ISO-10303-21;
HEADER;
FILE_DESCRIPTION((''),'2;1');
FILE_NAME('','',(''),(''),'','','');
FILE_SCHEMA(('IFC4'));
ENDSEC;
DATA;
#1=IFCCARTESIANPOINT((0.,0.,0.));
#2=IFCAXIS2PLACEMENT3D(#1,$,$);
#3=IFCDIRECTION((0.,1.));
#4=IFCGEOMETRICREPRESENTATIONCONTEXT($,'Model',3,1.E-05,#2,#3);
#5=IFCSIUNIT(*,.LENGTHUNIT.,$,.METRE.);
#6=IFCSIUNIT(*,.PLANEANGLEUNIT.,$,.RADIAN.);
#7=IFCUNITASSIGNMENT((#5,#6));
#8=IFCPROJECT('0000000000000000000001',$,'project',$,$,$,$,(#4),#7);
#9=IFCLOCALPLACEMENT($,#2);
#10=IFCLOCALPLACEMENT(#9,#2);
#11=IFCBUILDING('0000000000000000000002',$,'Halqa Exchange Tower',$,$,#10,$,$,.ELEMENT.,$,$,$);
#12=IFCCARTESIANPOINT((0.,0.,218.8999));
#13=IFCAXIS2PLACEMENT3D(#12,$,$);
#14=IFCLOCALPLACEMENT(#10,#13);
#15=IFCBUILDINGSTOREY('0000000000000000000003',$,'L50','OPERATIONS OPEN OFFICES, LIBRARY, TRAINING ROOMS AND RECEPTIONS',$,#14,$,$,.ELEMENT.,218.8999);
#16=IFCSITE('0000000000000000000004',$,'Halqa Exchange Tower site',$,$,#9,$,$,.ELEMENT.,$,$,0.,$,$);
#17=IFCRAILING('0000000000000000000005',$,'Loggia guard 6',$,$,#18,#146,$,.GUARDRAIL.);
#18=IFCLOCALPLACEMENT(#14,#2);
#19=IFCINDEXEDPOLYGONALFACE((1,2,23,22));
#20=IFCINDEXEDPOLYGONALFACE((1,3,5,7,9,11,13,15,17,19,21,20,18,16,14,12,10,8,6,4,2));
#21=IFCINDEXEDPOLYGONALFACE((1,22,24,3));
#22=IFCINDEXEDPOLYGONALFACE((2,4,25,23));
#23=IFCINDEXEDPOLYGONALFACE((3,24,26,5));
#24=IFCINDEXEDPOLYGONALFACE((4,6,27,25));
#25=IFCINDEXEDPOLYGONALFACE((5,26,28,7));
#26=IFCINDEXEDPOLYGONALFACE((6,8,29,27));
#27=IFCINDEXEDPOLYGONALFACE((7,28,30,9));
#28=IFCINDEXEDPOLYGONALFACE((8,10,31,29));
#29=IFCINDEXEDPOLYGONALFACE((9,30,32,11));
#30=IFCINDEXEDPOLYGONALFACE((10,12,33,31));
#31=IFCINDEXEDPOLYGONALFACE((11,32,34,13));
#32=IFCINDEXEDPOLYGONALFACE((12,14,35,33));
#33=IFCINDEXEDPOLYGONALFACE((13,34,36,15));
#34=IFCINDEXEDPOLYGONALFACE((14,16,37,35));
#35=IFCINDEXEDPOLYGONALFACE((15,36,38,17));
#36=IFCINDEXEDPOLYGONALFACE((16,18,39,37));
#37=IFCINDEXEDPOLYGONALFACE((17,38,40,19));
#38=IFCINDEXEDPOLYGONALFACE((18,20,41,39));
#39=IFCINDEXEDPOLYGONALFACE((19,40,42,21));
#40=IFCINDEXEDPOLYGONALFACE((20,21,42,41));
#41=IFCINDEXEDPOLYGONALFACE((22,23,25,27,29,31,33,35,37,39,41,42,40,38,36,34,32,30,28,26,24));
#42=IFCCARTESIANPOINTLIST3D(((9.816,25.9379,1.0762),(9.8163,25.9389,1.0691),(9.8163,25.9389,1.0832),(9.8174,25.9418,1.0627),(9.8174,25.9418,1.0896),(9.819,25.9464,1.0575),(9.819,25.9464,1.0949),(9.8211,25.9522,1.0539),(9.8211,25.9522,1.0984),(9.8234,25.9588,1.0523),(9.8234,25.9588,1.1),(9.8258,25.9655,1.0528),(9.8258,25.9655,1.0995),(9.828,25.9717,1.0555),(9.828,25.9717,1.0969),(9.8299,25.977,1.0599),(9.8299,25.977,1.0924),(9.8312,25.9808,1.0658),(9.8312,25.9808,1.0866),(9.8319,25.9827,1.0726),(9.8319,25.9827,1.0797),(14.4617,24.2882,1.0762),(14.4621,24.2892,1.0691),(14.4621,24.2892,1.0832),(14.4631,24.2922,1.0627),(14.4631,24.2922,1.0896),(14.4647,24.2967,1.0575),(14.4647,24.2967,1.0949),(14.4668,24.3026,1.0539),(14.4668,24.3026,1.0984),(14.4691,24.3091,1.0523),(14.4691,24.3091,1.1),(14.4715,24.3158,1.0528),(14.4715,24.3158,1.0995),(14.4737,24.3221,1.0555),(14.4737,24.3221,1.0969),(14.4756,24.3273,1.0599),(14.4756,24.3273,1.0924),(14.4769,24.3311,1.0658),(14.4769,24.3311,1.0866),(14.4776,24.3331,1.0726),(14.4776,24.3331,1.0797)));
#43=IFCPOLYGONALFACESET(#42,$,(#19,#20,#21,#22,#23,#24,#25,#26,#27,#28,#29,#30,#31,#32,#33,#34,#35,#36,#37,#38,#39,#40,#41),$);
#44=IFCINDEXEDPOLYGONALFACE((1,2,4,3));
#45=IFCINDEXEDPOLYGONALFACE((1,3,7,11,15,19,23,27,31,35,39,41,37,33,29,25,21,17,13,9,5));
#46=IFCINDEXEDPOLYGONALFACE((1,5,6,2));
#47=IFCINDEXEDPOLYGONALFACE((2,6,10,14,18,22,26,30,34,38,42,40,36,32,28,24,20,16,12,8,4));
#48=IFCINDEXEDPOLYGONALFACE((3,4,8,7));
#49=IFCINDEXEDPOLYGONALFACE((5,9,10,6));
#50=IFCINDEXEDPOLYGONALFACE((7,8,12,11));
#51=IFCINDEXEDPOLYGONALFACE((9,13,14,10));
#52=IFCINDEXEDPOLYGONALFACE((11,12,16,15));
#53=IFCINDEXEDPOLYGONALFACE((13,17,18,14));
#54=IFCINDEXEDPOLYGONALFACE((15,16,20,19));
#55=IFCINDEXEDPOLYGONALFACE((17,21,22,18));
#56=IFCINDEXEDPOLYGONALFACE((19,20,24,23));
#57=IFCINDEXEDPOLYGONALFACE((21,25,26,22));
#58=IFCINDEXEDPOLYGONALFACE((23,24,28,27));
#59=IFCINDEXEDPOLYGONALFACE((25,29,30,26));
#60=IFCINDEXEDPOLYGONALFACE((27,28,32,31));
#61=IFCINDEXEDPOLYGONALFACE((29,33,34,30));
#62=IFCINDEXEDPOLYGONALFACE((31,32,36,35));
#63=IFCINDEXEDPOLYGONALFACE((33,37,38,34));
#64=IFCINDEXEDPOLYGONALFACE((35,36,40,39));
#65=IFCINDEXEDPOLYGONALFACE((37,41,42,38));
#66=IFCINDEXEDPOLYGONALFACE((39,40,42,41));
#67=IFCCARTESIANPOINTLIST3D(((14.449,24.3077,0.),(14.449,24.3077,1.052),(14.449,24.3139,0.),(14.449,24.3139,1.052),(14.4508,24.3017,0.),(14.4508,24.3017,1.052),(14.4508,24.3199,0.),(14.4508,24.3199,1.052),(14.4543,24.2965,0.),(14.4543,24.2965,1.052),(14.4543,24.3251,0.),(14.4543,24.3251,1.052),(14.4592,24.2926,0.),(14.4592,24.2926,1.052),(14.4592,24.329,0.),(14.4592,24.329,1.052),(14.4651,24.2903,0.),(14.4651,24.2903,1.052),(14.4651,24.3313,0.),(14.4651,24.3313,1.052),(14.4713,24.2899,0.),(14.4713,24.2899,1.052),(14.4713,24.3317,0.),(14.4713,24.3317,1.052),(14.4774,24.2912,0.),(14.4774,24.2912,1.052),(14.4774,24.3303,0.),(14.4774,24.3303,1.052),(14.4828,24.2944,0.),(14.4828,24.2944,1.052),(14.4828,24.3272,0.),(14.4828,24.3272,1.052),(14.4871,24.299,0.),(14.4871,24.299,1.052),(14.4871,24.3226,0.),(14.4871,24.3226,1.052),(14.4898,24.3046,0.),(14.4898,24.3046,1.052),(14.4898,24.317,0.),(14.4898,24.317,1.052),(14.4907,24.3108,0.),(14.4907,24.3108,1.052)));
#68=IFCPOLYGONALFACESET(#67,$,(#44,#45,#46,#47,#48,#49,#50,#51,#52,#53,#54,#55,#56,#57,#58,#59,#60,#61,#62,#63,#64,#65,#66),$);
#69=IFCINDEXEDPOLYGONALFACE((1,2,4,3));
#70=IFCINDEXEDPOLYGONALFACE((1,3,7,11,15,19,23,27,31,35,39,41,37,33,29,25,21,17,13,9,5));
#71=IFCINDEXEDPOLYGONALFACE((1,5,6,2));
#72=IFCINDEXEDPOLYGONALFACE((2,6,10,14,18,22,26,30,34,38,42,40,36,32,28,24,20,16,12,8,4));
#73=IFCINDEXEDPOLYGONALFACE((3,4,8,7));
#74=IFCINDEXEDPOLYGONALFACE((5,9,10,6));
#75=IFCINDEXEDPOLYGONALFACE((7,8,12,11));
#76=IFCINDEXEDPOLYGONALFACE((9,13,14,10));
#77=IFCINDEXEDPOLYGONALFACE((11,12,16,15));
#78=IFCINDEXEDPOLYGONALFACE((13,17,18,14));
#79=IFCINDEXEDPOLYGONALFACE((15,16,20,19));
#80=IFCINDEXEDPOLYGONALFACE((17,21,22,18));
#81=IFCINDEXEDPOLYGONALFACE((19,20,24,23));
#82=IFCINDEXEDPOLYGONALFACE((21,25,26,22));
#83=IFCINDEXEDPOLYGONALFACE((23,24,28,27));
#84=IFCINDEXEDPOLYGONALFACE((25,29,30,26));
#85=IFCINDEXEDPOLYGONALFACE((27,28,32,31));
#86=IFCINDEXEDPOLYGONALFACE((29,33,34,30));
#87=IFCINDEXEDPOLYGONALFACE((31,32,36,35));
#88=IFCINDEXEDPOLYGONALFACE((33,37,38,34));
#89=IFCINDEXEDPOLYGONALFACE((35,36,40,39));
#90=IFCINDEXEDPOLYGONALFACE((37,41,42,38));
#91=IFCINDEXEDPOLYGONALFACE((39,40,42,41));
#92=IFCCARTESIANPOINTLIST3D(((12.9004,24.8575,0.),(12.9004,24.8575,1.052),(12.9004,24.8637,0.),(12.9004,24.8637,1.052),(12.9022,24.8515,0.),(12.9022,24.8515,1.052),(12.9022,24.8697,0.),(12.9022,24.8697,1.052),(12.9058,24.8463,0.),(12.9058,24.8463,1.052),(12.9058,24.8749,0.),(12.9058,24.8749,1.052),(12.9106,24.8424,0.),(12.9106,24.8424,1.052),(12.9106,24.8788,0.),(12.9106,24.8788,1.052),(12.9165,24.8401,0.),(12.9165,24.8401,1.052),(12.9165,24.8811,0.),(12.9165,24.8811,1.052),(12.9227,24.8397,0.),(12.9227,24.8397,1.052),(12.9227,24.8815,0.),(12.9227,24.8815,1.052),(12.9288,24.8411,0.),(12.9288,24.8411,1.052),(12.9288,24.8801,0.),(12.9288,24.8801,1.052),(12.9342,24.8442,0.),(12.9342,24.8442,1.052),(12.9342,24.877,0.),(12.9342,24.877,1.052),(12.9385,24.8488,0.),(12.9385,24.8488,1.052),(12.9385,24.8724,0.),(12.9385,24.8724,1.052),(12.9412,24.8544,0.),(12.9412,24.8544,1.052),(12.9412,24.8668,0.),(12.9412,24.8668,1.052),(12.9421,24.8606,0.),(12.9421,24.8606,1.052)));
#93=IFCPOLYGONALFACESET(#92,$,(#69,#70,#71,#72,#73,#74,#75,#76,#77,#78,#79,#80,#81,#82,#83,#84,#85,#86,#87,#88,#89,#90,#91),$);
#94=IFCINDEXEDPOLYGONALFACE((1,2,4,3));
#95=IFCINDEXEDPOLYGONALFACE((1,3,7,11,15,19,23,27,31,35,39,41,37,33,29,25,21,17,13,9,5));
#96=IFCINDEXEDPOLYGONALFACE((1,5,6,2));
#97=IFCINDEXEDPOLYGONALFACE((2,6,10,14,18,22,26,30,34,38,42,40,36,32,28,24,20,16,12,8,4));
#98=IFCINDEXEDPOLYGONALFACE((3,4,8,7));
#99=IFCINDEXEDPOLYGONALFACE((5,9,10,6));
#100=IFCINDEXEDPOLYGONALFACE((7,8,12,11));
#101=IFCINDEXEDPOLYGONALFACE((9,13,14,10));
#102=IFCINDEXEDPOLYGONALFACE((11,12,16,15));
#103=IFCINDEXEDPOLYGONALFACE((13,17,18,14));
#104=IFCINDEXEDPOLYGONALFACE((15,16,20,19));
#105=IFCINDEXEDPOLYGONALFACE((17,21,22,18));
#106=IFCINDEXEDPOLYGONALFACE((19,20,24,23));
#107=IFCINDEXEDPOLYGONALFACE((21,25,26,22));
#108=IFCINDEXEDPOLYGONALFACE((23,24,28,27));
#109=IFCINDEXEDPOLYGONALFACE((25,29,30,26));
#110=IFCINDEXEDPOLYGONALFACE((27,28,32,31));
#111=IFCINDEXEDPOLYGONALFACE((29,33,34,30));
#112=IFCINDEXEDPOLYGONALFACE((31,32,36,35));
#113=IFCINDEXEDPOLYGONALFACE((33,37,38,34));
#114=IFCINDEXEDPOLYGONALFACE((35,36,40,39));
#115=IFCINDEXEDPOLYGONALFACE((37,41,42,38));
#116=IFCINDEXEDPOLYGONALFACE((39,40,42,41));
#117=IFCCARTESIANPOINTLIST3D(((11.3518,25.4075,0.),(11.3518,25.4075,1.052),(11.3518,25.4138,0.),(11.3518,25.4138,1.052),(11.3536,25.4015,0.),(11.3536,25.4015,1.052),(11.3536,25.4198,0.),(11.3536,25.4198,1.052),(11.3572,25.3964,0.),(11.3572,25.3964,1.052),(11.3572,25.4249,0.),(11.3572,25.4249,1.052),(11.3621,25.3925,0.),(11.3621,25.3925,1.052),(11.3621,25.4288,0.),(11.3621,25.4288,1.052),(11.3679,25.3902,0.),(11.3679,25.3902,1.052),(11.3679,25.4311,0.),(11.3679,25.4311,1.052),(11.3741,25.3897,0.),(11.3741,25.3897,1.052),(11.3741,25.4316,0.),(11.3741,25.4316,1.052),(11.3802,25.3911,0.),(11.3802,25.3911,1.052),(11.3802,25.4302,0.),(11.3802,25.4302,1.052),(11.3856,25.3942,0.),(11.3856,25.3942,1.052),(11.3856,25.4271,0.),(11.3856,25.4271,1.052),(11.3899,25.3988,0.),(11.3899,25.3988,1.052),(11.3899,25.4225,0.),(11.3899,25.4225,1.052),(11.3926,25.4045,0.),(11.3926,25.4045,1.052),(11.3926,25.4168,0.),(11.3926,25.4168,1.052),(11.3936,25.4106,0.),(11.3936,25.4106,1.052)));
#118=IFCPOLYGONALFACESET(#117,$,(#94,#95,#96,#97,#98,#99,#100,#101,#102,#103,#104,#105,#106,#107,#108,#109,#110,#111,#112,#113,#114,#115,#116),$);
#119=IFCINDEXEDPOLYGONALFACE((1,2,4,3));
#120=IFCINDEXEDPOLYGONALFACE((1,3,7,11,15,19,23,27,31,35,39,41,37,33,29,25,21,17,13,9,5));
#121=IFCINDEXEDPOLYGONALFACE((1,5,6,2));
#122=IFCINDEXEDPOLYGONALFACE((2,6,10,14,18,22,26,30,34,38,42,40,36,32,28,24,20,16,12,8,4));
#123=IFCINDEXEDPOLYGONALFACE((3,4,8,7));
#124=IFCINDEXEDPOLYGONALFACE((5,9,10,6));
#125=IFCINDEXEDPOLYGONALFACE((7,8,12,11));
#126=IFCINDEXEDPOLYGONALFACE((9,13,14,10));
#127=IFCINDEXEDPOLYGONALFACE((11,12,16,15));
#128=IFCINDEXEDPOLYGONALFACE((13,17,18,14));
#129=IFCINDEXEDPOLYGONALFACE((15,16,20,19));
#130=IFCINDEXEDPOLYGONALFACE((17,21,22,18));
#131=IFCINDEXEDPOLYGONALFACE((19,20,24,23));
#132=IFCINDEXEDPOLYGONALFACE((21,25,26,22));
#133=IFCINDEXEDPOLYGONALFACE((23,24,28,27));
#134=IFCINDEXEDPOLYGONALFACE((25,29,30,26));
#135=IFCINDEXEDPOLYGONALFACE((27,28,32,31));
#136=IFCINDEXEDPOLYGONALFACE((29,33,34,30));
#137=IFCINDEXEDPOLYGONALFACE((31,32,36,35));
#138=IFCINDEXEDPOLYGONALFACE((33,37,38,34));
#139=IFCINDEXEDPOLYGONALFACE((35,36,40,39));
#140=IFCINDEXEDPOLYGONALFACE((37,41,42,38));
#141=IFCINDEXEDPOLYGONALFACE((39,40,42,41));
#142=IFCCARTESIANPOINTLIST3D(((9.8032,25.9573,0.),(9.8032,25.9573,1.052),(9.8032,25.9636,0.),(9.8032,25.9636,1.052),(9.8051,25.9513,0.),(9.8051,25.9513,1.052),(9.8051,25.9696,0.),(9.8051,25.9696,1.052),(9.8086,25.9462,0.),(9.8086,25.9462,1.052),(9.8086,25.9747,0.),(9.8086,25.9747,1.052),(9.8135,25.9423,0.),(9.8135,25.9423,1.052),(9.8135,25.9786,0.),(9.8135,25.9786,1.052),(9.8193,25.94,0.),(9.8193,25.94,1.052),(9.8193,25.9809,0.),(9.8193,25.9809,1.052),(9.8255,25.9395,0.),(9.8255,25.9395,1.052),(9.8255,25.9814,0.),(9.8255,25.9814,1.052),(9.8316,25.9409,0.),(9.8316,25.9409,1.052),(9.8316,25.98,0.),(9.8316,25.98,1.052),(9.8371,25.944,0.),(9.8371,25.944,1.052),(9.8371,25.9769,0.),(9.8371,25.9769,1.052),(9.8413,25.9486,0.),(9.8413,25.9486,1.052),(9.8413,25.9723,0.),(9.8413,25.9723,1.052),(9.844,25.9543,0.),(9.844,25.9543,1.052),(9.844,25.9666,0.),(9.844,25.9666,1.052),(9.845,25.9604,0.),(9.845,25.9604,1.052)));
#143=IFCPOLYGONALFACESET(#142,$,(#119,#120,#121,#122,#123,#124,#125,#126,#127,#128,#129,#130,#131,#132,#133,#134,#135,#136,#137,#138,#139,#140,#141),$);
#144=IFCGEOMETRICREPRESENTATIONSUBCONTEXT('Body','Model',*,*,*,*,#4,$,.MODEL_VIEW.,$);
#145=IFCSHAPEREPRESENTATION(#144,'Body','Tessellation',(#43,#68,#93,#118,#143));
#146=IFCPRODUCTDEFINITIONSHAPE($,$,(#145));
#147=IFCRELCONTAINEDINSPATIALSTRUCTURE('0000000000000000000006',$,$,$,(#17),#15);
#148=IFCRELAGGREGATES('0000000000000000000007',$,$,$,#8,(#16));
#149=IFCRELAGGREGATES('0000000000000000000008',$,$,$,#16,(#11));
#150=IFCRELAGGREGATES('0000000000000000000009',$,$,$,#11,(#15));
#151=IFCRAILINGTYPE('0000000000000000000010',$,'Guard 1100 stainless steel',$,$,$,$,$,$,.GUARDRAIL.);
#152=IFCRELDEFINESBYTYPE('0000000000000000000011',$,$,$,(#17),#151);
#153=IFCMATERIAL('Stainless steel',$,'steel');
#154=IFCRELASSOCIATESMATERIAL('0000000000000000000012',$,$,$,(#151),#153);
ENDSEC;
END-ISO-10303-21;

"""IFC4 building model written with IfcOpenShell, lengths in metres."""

from ifc_helpers import new_model, si_unit, direction, frame, origin, origin_2d, place, context, subcontext, project, spatial, circle, extrude, material, type_object, element, save


model = new_model("IFC4")

# Units and contexts
model_context = context("Model", 3, precision=1e-05, world=origin(), true_north=direction((0.0, 1.0)))
body_context = subcontext(model_context, "Body", "Model", "MODEL_VIEW")
ifc_project = project(units=[si_unit("LENGTHUNIT", "METRE"), si_unit("PLANEANGLEUNIT", "RADIAN")], contexts=[model_context])

# Site, building, storey
site_placement = place(None, origin())
site = spatial("IfcSite", under=ifc_project, at=site_placement, Name="Halqa Exchange Tower site", CompositionType="ELEMENT", RefElevation=0.0)
building_placement = place(site_placement, origin())
building = spatial("IfcBuilding", under=site, at=building_placement, Name="Halqa Exchange Tower", CompositionType="ELEMENT")
storey_placement = place(building_placement, frame((0.0, 0.0, 218.8999)))
storey = spatial("IfcBuildingStorey", under=building, at=storey_placement, Name="L50", Description="OPERATIONS OPEN OFFICES, LIBRARY, TRAINING ROOMS AND RECEPTIONS", CompositionType="ELEMENT", Elevation=218.8999)

# Railing
ifc_material_1 = material(Name="Stainless steel", Category="steel")
railing_type = type_object("IfcRailingType", Name="Guard 1100 stainless steel", PredefinedType="GUARDRAIL", material=ifc_material_1)
railing_1_placement = place(storey_placement, frame((14.4697, 24.3108, 0.0)))
element("IfcRailing", 1, at=railing_1_placement, inside=storey, type_object=railing_type, Name="Loggia guard 6", PredefinedType="GUARDRAIL", context=body_context, shape_type="SweptSolid", body=[
    extrude(circle(Radius=0.0239, at=origin_2d()), frame((0.0, 0.0, 1.0762), z_axis=(-0.942353, 0.33462, 0.0), x_axis=(-0.33462, -0.942353, 0.0)), (0.0, 0.0, 1.0), 4.9299),
    extrude(circle(Radius=0.021, at=origin_2d()), origin(), (0.0, 0.0, 1.0), 1.052),
    extrude(circle(Radius=0.021, at=origin_2d()), frame((-1.5486, 0.5498, 0.0)), (0.0, 0.0, 1.0), 1.052),
    extrude(circle(Radius=0.021, at=origin_2d()), frame((-3.0972, 1.0999, 0.0)), (0.0, 0.0, 1.0), 1.052),
    extrude(circle(Radius=0.021, at=origin_2d()), frame((-4.6458, 1.6497, 0.0)), (0.0, 0.0, 1.0), 1.052),
])

save(model, "model.ifc")
